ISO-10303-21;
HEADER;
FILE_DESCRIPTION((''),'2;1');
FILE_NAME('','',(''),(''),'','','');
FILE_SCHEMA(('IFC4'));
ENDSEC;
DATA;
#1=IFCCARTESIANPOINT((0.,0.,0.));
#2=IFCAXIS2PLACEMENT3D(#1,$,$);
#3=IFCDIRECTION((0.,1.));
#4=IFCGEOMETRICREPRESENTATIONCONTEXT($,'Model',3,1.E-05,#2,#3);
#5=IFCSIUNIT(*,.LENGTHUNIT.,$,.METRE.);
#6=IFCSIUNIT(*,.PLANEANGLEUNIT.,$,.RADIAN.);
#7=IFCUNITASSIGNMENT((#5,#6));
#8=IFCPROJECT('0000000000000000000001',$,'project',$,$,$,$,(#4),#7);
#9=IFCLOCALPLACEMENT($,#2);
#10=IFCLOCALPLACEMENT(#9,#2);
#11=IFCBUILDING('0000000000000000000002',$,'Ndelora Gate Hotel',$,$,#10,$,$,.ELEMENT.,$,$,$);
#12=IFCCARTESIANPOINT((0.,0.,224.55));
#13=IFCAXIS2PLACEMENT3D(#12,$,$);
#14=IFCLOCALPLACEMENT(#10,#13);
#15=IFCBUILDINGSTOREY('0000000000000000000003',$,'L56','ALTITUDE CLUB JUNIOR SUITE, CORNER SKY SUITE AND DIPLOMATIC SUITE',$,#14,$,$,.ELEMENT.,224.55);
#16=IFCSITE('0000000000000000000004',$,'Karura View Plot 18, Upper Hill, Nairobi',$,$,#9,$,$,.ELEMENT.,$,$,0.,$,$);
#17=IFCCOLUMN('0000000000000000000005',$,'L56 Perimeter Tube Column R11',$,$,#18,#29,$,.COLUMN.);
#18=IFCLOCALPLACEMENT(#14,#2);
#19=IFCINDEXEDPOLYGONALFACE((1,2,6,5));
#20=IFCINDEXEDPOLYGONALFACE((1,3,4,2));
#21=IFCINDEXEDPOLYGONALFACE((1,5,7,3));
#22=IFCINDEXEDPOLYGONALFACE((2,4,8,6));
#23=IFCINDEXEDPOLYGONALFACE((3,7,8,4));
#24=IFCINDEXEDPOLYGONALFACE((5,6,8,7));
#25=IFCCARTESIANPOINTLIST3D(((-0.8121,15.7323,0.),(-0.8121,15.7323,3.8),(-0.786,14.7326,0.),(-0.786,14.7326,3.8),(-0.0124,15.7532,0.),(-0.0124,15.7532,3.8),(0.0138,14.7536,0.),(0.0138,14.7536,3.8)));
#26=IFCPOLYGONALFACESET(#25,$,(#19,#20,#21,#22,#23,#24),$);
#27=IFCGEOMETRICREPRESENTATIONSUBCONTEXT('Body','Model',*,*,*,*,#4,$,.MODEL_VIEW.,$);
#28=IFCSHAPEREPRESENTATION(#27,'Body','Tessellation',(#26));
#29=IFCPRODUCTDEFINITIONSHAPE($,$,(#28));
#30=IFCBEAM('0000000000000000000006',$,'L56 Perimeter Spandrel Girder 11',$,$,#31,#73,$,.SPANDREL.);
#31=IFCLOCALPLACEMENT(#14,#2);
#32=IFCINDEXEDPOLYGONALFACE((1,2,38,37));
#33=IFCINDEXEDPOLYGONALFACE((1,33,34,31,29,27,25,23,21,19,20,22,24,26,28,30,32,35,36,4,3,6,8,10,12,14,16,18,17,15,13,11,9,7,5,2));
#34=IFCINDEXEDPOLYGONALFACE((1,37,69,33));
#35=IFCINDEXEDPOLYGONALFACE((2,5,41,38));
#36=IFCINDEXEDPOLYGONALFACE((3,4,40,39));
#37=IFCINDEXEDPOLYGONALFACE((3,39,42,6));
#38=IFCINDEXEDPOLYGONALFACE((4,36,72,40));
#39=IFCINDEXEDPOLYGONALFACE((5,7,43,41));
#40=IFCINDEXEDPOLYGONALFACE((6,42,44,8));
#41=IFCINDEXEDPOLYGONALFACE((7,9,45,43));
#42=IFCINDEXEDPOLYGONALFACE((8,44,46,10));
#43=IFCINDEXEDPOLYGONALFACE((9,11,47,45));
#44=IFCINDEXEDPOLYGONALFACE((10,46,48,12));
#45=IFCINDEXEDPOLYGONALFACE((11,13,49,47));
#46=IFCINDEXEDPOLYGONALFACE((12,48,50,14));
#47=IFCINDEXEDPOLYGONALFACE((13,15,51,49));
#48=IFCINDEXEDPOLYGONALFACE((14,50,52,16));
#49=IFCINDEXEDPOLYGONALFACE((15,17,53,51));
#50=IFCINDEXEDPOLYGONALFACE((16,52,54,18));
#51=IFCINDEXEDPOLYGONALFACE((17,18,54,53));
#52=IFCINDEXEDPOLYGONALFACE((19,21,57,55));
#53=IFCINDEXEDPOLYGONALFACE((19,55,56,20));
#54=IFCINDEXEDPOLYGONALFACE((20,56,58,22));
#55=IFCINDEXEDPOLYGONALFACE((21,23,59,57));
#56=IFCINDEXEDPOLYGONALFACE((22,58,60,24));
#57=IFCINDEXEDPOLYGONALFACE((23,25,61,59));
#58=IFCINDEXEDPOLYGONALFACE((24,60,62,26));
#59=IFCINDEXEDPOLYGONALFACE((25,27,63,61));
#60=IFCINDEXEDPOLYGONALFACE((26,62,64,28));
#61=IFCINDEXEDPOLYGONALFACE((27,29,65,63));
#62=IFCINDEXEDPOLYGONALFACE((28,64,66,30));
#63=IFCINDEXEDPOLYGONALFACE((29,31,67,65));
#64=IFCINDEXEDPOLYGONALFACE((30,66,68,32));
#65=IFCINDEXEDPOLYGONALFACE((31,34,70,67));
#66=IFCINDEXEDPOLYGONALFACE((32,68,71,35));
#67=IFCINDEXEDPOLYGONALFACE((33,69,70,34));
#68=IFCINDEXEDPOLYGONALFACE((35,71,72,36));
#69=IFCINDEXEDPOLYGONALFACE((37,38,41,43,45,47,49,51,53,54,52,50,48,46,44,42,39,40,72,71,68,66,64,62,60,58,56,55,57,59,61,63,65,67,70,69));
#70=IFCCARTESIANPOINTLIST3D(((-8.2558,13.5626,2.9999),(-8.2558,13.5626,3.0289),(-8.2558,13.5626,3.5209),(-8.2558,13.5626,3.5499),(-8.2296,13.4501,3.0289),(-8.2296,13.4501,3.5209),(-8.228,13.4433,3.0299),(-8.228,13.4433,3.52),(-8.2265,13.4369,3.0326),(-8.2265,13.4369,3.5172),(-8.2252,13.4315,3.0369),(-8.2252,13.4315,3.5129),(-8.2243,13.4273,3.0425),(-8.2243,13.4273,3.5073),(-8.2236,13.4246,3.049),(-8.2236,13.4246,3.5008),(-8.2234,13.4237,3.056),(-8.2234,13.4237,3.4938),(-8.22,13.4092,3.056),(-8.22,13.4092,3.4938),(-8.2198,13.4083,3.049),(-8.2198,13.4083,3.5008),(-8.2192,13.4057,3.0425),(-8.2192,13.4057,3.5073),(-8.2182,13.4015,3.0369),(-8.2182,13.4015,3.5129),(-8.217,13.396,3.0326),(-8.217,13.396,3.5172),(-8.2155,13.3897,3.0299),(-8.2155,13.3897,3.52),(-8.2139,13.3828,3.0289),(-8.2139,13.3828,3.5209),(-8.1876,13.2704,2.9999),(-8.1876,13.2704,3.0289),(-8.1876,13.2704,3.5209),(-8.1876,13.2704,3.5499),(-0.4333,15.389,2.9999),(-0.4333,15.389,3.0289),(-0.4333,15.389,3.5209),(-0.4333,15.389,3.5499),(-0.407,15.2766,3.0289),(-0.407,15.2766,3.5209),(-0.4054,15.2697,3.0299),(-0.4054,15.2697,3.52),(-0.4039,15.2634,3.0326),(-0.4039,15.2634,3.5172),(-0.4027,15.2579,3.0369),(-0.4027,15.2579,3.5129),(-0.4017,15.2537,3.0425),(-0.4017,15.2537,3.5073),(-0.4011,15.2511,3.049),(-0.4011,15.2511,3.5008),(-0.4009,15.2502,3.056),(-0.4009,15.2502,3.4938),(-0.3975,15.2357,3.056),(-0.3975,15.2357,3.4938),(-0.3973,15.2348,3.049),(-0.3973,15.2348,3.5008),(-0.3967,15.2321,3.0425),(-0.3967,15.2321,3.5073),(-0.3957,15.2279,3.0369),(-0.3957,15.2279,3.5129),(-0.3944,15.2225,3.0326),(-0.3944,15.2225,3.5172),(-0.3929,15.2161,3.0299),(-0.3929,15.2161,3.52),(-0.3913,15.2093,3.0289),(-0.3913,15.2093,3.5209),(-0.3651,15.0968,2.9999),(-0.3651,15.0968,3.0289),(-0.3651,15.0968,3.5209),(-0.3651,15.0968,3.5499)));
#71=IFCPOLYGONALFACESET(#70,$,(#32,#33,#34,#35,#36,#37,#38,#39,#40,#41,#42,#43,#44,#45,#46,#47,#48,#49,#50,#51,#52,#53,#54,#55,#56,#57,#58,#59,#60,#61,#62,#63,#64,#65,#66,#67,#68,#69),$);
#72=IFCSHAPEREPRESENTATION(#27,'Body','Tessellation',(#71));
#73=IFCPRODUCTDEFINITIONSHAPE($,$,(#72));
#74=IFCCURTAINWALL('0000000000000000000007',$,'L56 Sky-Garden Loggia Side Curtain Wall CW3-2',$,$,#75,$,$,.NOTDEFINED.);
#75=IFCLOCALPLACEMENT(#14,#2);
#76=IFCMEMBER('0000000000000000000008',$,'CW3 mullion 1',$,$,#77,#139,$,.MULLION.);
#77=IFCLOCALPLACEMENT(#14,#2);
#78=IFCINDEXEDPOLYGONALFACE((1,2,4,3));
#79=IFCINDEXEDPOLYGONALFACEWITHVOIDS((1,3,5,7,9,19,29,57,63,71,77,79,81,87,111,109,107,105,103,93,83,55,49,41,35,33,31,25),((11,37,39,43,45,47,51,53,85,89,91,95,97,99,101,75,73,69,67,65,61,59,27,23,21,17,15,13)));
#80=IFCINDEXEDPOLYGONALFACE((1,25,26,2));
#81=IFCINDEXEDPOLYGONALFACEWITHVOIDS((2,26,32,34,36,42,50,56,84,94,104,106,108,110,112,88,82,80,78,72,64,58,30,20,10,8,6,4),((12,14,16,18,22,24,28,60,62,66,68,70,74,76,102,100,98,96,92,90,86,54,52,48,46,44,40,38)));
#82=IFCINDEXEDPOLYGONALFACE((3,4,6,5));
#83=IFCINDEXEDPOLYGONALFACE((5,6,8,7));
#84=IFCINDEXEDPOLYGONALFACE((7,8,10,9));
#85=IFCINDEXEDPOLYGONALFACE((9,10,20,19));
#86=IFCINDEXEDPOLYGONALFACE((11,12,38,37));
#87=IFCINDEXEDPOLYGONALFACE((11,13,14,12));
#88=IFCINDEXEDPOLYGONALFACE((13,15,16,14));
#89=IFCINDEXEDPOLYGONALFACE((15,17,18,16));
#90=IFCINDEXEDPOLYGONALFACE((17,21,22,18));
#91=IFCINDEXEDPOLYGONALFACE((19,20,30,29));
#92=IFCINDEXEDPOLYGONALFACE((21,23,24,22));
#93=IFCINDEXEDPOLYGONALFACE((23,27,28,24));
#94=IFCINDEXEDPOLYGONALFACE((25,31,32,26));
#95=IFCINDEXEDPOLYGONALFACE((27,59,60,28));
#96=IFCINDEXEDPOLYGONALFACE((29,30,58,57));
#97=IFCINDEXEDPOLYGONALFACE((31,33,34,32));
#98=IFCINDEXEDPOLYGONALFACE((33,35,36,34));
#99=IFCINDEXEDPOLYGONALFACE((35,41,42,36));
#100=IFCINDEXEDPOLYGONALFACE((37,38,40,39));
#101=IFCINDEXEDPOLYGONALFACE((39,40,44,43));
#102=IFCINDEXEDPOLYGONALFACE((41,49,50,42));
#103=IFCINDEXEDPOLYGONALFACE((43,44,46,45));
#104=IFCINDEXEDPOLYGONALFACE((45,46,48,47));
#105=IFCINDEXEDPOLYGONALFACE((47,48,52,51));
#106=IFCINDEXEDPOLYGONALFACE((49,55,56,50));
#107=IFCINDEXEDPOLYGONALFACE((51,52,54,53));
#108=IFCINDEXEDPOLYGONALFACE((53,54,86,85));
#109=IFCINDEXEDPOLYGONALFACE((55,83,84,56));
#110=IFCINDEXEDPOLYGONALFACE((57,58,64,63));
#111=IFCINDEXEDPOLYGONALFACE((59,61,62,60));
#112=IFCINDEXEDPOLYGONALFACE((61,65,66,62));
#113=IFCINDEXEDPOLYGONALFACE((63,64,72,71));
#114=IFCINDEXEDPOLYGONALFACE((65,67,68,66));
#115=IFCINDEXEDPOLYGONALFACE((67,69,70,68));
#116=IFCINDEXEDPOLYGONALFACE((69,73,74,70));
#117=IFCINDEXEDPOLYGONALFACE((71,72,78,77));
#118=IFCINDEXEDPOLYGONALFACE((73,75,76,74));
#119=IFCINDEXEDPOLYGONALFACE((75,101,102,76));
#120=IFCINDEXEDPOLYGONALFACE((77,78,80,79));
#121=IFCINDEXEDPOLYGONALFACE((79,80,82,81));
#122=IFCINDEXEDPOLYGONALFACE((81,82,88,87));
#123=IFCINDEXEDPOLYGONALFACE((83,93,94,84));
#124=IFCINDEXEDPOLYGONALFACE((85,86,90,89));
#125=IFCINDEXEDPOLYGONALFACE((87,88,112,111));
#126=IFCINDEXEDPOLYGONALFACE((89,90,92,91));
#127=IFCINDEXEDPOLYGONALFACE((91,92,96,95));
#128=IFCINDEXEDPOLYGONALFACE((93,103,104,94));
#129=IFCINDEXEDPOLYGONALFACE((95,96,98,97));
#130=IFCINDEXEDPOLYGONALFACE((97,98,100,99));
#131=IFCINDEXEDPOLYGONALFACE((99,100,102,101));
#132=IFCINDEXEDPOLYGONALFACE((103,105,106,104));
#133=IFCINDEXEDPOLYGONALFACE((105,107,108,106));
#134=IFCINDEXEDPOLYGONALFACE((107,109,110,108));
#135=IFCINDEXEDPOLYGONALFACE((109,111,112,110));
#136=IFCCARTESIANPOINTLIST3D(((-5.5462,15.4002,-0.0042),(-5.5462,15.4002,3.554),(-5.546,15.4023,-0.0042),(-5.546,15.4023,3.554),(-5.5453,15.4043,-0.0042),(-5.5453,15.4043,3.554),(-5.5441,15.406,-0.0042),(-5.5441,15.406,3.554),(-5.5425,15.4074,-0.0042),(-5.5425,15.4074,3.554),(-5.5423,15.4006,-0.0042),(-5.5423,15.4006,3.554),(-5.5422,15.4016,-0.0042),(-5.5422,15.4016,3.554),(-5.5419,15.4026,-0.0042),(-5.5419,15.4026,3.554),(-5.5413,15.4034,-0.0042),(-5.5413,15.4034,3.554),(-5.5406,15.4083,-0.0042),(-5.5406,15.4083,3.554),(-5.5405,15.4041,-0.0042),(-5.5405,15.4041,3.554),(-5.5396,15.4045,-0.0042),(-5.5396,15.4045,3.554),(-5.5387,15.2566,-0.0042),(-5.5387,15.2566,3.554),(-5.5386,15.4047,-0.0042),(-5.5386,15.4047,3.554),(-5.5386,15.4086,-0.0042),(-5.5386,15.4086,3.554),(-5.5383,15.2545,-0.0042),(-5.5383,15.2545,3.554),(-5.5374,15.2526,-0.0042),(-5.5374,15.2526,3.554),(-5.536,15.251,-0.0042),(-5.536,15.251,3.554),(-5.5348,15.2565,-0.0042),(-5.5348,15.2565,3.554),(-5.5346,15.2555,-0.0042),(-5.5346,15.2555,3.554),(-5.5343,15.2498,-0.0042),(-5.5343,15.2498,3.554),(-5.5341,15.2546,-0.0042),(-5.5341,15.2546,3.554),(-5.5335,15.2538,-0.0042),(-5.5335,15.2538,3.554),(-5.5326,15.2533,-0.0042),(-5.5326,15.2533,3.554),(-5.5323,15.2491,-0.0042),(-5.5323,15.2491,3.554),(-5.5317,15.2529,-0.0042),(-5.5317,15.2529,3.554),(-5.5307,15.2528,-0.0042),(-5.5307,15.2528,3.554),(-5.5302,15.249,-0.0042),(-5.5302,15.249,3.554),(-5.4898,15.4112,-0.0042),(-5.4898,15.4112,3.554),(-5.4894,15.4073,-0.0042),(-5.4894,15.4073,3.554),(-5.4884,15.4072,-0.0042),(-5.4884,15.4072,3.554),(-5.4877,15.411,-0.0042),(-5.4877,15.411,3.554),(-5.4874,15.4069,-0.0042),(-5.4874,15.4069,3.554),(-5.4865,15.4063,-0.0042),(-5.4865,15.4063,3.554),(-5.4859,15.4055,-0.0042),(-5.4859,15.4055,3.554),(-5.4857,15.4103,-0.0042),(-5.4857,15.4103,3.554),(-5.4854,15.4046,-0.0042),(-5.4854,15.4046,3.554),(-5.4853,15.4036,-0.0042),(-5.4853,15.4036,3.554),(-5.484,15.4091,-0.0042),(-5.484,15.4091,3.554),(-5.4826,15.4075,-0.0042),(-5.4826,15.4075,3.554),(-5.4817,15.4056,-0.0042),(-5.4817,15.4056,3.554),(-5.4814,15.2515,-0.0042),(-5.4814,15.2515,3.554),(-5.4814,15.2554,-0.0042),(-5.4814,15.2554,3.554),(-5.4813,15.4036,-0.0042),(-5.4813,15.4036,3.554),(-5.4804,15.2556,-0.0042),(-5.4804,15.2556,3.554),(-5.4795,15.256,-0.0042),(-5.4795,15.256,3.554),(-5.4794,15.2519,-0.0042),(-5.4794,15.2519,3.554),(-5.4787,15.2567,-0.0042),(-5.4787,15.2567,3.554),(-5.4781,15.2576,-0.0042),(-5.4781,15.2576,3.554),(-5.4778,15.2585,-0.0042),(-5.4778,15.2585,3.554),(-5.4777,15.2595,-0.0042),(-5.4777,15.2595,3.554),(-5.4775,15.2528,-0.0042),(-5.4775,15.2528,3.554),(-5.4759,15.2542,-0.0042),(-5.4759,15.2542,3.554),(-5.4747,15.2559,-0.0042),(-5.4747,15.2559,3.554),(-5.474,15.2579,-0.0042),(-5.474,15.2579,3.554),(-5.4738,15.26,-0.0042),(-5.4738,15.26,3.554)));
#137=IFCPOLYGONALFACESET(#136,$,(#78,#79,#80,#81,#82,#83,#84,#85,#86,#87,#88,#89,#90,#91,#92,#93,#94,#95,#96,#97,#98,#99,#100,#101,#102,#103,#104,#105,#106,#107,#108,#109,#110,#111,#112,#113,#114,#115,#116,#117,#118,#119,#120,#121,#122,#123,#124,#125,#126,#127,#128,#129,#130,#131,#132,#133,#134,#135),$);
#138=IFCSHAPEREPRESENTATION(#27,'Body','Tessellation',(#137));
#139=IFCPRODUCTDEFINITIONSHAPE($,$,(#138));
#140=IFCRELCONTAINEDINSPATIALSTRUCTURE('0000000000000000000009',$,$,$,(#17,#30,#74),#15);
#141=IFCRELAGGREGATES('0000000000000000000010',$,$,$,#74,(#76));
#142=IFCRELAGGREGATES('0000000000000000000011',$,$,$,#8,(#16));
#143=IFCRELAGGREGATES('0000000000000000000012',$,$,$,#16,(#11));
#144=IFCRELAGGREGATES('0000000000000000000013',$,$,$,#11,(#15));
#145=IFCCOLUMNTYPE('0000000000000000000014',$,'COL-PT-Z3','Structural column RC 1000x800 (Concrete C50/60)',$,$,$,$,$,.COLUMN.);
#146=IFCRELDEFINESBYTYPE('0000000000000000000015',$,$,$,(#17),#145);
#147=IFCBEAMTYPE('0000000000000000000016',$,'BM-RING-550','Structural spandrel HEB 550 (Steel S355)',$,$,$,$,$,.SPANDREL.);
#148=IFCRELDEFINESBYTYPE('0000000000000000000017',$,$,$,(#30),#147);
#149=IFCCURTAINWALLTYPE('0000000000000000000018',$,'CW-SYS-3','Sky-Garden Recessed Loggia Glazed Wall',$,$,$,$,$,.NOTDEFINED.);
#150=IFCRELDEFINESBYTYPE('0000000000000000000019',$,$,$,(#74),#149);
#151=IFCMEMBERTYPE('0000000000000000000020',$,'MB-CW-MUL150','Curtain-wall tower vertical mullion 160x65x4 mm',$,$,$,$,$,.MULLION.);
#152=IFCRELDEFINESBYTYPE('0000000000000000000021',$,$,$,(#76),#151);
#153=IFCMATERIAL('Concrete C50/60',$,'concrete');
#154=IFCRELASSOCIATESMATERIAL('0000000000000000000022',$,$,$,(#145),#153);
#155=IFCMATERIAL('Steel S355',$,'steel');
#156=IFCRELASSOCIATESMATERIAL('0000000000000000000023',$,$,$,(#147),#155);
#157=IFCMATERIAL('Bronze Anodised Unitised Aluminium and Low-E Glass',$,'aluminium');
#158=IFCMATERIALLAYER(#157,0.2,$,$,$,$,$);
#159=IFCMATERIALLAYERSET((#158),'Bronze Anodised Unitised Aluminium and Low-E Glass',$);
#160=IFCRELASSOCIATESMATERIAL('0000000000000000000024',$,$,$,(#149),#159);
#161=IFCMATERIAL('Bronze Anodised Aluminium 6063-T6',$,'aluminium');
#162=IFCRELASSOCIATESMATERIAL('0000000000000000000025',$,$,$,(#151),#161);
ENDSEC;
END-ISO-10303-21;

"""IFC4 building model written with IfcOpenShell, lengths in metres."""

from ifc_helpers import new_model, si_unit, direction, frame, origin, origin_2d, place, context, subcontext, project, spatial, rectangle, hollow_rectangle, i_section, extrude, material, layer, layer_set, material_profile, profile_set, type_object, element, aggregate, save


model = new_model("IFC4")

# Units and contexts
model_context = context("Model", 3, precision=1e-05, world=origin(), true_north=direction((0.0, 1.0)))
body_context = subcontext(model_context, "Body", "Model", "MODEL_VIEW")
ifc_project = project(units=[si_unit("LENGTHUNIT", "METRE"), si_unit("PLANEANGLEUNIT", "RADIAN")], contexts=[model_context])

# Site, building, storey
site_placement = place(None, origin())
site = spatial("IfcSite", under=ifc_project, at=site_placement, Name="Karura View Plot 18, Upper Hill, Nairobi", CompositionType="ELEMENT", RefElevation=0.0)
building_placement = place(site_placement, origin())
building = spatial("IfcBuilding", under=site, at=building_placement, Name="Ndelora Gate Hotel", CompositionType="ELEMENT")
storey_placement = place(building_placement, frame((0.0, 0.0, 224.55)))
storey = spatial("IfcBuildingStorey", under=building, at=storey_placement, Name="L56", Description="ALTITUDE CLUB JUNIOR SUITE, CORNER SKY SUITE AND DIPLOMATIC SUITE", CompositionType="ELEMENT", Elevation=224.55)

# Column
ifc_material_1 = material(Name="Concrete C50/60", Category="concrete")
ifc_material_profile_1 = material_profile(ifc_material_1, rectangle(XDim=0.8, YDim=1.0, at=origin_2d()), Name="RC 1000x800")
ifc_profile_set_1 = profile_set([ifc_material_profile_1], Name="Concrete C50/60")
column_type = type_object("IfcColumnType", Name="COL-PT-Z3", Description="Structural column RC 1000x800 (Concrete C50/60)", PredefinedType="COLUMN", material=ifc_profile_set_1)
column_placement = place(storey_placement, frame((-0.3992, 15.2429, 0.0), z_axis=(0.0, 0.0, 1.0), x_axis=(0.999657, 0.026177, 0.0)))
element("IfcColumn", 1, at=column_placement, inside=storey, type_object=column_type, Name="L56 Perimeter Tube Column R11", PredefinedType="COLUMN", context=body_context, shape_type="SweptSolid", body=[
    extrude(rectangle(XDim=0.8, YDim=1.0, at=origin_2d()), origin(), (0.0, 0.0, 1.0), 3.8),
])

# Beam
ifc_material_2 = material(Name="Steel S355", Category="steel")
ifc_material_profile_2 = material_profile(ifc_material_2, i_section(OverallWidth=0.3, OverallDepth=0.55, WebThickness=0.0149, FlangeThickness=0.0291, FilletRadius=0.0271, at=origin_2d()), Name="HEB 550")
ifc_profile_set_2 = profile_set([ifc_material_profile_2], Name="Steel S355")
beam_type = type_object("IfcBeamType", Name="BM-RING-550", Description="Structural spandrel HEB 550 (Steel S355)", PredefinedType="SPANDREL", material=ifc_profile_set_2)
beam_placement = place(storey_placement, frame((-0.3992, 15.2429, 3.2749), z_axis=(-0.973809, -0.227367, 0.0), x_axis=(0.227367, -0.973809, 0.0)))
element("IfcBeam", 2, at=beam_placement, inside=storey, type_object=beam_type, Name="L56 Perimeter Spandrel Girder 11", PredefinedType="SPANDREL", context=body_context, shape_type="SweptSolid", body=[
    extrude(i_section(OverallWidth=0.3, OverallDepth=0.55, WebThickness=0.0149, FlangeThickness=0.0291, FilletRadius=0.0271, at=origin_2d()), origin(), (0.0, 0.0, 1.0), 8.033),
])

# Curtain wall, member
ifc_material_3 = material(Name="Bronze Anodised Unitised Aluminium and Low-E Glass", Category="aluminium")
ifc_layer_1 = layer(ifc_material_3, 0.2)
ifc_layer_set_1 = layer_set([ifc_layer_1], Name="Bronze Anodised Unitised Aluminium and Low-E Glass")
curtain_wall_type = type_object("IfcCurtainWallType", Name="CW-SYS-3", Description="Sky-Garden Recessed Loggia Glazed Wall", PredefinedType="NOTDEFINED", material=ifc_layer_set_1)
curtain_wall_placement = place(storey_placement, origin())
curtain_wall = element("IfcCurtainWall", 3, at=curtain_wall_placement, inside=storey, type_object=curtain_wall_type, Name="L56 Sky-Garden Loggia Side Curtain Wall CW3-2", PredefinedType="NOTDEFINED")
ifc_material_4 = material(Name="Bronze Anodised Aluminium 6063-T6", Category="aluminium")
ifc_material_profile_3 = material_profile(ifc_material_4, hollow_rectangle(XDim=0.0649, YDim=0.1599, WallThickness=0.0039, InnerFilletRadius=0.0039, OuterFilletRadius=0.0081, at=origin_2d()), Name="ALU 160x65x4")
ifc_profile_set_3 = profile_set([ifc_material_profile_3], Name="Bronze Anodised Aluminium 6063-T6")
member_type_1 = type_object("IfcMemberType", Name="MB-CW-MUL150", Description="Curtain-wall tower vertical mullion 160x65x4 mm", PredefinedType="MULLION", material=ifc_profile_set_3)
member_1_placement = place(storey_placement, frame((-5.51, 15.3301, -0.0042), z_axis=(0.0, 0.0, 1.0), x_axis=(0.998628, 0.052363, 0.0)))
member_1 = element("IfcMember", 4, at=member_1_placement, type_object=member_type_1, Name="CW3 mullion 1", PredefinedType="MULLION", context=body_context, shape_type="SweptSolid", body=[
    extrude(hollow_rectangle(XDim=0.0649, YDim=0.1599, WallThickness=0.0039, InnerFilletRadius=0.0039, OuterFilletRadius=0.0081, at=origin_2d()), origin(), (0.0, 0.0, 1.0), 3.5581),
])
aggregate(curtain_wall, [member_1])

save(model, "model.ifc")
